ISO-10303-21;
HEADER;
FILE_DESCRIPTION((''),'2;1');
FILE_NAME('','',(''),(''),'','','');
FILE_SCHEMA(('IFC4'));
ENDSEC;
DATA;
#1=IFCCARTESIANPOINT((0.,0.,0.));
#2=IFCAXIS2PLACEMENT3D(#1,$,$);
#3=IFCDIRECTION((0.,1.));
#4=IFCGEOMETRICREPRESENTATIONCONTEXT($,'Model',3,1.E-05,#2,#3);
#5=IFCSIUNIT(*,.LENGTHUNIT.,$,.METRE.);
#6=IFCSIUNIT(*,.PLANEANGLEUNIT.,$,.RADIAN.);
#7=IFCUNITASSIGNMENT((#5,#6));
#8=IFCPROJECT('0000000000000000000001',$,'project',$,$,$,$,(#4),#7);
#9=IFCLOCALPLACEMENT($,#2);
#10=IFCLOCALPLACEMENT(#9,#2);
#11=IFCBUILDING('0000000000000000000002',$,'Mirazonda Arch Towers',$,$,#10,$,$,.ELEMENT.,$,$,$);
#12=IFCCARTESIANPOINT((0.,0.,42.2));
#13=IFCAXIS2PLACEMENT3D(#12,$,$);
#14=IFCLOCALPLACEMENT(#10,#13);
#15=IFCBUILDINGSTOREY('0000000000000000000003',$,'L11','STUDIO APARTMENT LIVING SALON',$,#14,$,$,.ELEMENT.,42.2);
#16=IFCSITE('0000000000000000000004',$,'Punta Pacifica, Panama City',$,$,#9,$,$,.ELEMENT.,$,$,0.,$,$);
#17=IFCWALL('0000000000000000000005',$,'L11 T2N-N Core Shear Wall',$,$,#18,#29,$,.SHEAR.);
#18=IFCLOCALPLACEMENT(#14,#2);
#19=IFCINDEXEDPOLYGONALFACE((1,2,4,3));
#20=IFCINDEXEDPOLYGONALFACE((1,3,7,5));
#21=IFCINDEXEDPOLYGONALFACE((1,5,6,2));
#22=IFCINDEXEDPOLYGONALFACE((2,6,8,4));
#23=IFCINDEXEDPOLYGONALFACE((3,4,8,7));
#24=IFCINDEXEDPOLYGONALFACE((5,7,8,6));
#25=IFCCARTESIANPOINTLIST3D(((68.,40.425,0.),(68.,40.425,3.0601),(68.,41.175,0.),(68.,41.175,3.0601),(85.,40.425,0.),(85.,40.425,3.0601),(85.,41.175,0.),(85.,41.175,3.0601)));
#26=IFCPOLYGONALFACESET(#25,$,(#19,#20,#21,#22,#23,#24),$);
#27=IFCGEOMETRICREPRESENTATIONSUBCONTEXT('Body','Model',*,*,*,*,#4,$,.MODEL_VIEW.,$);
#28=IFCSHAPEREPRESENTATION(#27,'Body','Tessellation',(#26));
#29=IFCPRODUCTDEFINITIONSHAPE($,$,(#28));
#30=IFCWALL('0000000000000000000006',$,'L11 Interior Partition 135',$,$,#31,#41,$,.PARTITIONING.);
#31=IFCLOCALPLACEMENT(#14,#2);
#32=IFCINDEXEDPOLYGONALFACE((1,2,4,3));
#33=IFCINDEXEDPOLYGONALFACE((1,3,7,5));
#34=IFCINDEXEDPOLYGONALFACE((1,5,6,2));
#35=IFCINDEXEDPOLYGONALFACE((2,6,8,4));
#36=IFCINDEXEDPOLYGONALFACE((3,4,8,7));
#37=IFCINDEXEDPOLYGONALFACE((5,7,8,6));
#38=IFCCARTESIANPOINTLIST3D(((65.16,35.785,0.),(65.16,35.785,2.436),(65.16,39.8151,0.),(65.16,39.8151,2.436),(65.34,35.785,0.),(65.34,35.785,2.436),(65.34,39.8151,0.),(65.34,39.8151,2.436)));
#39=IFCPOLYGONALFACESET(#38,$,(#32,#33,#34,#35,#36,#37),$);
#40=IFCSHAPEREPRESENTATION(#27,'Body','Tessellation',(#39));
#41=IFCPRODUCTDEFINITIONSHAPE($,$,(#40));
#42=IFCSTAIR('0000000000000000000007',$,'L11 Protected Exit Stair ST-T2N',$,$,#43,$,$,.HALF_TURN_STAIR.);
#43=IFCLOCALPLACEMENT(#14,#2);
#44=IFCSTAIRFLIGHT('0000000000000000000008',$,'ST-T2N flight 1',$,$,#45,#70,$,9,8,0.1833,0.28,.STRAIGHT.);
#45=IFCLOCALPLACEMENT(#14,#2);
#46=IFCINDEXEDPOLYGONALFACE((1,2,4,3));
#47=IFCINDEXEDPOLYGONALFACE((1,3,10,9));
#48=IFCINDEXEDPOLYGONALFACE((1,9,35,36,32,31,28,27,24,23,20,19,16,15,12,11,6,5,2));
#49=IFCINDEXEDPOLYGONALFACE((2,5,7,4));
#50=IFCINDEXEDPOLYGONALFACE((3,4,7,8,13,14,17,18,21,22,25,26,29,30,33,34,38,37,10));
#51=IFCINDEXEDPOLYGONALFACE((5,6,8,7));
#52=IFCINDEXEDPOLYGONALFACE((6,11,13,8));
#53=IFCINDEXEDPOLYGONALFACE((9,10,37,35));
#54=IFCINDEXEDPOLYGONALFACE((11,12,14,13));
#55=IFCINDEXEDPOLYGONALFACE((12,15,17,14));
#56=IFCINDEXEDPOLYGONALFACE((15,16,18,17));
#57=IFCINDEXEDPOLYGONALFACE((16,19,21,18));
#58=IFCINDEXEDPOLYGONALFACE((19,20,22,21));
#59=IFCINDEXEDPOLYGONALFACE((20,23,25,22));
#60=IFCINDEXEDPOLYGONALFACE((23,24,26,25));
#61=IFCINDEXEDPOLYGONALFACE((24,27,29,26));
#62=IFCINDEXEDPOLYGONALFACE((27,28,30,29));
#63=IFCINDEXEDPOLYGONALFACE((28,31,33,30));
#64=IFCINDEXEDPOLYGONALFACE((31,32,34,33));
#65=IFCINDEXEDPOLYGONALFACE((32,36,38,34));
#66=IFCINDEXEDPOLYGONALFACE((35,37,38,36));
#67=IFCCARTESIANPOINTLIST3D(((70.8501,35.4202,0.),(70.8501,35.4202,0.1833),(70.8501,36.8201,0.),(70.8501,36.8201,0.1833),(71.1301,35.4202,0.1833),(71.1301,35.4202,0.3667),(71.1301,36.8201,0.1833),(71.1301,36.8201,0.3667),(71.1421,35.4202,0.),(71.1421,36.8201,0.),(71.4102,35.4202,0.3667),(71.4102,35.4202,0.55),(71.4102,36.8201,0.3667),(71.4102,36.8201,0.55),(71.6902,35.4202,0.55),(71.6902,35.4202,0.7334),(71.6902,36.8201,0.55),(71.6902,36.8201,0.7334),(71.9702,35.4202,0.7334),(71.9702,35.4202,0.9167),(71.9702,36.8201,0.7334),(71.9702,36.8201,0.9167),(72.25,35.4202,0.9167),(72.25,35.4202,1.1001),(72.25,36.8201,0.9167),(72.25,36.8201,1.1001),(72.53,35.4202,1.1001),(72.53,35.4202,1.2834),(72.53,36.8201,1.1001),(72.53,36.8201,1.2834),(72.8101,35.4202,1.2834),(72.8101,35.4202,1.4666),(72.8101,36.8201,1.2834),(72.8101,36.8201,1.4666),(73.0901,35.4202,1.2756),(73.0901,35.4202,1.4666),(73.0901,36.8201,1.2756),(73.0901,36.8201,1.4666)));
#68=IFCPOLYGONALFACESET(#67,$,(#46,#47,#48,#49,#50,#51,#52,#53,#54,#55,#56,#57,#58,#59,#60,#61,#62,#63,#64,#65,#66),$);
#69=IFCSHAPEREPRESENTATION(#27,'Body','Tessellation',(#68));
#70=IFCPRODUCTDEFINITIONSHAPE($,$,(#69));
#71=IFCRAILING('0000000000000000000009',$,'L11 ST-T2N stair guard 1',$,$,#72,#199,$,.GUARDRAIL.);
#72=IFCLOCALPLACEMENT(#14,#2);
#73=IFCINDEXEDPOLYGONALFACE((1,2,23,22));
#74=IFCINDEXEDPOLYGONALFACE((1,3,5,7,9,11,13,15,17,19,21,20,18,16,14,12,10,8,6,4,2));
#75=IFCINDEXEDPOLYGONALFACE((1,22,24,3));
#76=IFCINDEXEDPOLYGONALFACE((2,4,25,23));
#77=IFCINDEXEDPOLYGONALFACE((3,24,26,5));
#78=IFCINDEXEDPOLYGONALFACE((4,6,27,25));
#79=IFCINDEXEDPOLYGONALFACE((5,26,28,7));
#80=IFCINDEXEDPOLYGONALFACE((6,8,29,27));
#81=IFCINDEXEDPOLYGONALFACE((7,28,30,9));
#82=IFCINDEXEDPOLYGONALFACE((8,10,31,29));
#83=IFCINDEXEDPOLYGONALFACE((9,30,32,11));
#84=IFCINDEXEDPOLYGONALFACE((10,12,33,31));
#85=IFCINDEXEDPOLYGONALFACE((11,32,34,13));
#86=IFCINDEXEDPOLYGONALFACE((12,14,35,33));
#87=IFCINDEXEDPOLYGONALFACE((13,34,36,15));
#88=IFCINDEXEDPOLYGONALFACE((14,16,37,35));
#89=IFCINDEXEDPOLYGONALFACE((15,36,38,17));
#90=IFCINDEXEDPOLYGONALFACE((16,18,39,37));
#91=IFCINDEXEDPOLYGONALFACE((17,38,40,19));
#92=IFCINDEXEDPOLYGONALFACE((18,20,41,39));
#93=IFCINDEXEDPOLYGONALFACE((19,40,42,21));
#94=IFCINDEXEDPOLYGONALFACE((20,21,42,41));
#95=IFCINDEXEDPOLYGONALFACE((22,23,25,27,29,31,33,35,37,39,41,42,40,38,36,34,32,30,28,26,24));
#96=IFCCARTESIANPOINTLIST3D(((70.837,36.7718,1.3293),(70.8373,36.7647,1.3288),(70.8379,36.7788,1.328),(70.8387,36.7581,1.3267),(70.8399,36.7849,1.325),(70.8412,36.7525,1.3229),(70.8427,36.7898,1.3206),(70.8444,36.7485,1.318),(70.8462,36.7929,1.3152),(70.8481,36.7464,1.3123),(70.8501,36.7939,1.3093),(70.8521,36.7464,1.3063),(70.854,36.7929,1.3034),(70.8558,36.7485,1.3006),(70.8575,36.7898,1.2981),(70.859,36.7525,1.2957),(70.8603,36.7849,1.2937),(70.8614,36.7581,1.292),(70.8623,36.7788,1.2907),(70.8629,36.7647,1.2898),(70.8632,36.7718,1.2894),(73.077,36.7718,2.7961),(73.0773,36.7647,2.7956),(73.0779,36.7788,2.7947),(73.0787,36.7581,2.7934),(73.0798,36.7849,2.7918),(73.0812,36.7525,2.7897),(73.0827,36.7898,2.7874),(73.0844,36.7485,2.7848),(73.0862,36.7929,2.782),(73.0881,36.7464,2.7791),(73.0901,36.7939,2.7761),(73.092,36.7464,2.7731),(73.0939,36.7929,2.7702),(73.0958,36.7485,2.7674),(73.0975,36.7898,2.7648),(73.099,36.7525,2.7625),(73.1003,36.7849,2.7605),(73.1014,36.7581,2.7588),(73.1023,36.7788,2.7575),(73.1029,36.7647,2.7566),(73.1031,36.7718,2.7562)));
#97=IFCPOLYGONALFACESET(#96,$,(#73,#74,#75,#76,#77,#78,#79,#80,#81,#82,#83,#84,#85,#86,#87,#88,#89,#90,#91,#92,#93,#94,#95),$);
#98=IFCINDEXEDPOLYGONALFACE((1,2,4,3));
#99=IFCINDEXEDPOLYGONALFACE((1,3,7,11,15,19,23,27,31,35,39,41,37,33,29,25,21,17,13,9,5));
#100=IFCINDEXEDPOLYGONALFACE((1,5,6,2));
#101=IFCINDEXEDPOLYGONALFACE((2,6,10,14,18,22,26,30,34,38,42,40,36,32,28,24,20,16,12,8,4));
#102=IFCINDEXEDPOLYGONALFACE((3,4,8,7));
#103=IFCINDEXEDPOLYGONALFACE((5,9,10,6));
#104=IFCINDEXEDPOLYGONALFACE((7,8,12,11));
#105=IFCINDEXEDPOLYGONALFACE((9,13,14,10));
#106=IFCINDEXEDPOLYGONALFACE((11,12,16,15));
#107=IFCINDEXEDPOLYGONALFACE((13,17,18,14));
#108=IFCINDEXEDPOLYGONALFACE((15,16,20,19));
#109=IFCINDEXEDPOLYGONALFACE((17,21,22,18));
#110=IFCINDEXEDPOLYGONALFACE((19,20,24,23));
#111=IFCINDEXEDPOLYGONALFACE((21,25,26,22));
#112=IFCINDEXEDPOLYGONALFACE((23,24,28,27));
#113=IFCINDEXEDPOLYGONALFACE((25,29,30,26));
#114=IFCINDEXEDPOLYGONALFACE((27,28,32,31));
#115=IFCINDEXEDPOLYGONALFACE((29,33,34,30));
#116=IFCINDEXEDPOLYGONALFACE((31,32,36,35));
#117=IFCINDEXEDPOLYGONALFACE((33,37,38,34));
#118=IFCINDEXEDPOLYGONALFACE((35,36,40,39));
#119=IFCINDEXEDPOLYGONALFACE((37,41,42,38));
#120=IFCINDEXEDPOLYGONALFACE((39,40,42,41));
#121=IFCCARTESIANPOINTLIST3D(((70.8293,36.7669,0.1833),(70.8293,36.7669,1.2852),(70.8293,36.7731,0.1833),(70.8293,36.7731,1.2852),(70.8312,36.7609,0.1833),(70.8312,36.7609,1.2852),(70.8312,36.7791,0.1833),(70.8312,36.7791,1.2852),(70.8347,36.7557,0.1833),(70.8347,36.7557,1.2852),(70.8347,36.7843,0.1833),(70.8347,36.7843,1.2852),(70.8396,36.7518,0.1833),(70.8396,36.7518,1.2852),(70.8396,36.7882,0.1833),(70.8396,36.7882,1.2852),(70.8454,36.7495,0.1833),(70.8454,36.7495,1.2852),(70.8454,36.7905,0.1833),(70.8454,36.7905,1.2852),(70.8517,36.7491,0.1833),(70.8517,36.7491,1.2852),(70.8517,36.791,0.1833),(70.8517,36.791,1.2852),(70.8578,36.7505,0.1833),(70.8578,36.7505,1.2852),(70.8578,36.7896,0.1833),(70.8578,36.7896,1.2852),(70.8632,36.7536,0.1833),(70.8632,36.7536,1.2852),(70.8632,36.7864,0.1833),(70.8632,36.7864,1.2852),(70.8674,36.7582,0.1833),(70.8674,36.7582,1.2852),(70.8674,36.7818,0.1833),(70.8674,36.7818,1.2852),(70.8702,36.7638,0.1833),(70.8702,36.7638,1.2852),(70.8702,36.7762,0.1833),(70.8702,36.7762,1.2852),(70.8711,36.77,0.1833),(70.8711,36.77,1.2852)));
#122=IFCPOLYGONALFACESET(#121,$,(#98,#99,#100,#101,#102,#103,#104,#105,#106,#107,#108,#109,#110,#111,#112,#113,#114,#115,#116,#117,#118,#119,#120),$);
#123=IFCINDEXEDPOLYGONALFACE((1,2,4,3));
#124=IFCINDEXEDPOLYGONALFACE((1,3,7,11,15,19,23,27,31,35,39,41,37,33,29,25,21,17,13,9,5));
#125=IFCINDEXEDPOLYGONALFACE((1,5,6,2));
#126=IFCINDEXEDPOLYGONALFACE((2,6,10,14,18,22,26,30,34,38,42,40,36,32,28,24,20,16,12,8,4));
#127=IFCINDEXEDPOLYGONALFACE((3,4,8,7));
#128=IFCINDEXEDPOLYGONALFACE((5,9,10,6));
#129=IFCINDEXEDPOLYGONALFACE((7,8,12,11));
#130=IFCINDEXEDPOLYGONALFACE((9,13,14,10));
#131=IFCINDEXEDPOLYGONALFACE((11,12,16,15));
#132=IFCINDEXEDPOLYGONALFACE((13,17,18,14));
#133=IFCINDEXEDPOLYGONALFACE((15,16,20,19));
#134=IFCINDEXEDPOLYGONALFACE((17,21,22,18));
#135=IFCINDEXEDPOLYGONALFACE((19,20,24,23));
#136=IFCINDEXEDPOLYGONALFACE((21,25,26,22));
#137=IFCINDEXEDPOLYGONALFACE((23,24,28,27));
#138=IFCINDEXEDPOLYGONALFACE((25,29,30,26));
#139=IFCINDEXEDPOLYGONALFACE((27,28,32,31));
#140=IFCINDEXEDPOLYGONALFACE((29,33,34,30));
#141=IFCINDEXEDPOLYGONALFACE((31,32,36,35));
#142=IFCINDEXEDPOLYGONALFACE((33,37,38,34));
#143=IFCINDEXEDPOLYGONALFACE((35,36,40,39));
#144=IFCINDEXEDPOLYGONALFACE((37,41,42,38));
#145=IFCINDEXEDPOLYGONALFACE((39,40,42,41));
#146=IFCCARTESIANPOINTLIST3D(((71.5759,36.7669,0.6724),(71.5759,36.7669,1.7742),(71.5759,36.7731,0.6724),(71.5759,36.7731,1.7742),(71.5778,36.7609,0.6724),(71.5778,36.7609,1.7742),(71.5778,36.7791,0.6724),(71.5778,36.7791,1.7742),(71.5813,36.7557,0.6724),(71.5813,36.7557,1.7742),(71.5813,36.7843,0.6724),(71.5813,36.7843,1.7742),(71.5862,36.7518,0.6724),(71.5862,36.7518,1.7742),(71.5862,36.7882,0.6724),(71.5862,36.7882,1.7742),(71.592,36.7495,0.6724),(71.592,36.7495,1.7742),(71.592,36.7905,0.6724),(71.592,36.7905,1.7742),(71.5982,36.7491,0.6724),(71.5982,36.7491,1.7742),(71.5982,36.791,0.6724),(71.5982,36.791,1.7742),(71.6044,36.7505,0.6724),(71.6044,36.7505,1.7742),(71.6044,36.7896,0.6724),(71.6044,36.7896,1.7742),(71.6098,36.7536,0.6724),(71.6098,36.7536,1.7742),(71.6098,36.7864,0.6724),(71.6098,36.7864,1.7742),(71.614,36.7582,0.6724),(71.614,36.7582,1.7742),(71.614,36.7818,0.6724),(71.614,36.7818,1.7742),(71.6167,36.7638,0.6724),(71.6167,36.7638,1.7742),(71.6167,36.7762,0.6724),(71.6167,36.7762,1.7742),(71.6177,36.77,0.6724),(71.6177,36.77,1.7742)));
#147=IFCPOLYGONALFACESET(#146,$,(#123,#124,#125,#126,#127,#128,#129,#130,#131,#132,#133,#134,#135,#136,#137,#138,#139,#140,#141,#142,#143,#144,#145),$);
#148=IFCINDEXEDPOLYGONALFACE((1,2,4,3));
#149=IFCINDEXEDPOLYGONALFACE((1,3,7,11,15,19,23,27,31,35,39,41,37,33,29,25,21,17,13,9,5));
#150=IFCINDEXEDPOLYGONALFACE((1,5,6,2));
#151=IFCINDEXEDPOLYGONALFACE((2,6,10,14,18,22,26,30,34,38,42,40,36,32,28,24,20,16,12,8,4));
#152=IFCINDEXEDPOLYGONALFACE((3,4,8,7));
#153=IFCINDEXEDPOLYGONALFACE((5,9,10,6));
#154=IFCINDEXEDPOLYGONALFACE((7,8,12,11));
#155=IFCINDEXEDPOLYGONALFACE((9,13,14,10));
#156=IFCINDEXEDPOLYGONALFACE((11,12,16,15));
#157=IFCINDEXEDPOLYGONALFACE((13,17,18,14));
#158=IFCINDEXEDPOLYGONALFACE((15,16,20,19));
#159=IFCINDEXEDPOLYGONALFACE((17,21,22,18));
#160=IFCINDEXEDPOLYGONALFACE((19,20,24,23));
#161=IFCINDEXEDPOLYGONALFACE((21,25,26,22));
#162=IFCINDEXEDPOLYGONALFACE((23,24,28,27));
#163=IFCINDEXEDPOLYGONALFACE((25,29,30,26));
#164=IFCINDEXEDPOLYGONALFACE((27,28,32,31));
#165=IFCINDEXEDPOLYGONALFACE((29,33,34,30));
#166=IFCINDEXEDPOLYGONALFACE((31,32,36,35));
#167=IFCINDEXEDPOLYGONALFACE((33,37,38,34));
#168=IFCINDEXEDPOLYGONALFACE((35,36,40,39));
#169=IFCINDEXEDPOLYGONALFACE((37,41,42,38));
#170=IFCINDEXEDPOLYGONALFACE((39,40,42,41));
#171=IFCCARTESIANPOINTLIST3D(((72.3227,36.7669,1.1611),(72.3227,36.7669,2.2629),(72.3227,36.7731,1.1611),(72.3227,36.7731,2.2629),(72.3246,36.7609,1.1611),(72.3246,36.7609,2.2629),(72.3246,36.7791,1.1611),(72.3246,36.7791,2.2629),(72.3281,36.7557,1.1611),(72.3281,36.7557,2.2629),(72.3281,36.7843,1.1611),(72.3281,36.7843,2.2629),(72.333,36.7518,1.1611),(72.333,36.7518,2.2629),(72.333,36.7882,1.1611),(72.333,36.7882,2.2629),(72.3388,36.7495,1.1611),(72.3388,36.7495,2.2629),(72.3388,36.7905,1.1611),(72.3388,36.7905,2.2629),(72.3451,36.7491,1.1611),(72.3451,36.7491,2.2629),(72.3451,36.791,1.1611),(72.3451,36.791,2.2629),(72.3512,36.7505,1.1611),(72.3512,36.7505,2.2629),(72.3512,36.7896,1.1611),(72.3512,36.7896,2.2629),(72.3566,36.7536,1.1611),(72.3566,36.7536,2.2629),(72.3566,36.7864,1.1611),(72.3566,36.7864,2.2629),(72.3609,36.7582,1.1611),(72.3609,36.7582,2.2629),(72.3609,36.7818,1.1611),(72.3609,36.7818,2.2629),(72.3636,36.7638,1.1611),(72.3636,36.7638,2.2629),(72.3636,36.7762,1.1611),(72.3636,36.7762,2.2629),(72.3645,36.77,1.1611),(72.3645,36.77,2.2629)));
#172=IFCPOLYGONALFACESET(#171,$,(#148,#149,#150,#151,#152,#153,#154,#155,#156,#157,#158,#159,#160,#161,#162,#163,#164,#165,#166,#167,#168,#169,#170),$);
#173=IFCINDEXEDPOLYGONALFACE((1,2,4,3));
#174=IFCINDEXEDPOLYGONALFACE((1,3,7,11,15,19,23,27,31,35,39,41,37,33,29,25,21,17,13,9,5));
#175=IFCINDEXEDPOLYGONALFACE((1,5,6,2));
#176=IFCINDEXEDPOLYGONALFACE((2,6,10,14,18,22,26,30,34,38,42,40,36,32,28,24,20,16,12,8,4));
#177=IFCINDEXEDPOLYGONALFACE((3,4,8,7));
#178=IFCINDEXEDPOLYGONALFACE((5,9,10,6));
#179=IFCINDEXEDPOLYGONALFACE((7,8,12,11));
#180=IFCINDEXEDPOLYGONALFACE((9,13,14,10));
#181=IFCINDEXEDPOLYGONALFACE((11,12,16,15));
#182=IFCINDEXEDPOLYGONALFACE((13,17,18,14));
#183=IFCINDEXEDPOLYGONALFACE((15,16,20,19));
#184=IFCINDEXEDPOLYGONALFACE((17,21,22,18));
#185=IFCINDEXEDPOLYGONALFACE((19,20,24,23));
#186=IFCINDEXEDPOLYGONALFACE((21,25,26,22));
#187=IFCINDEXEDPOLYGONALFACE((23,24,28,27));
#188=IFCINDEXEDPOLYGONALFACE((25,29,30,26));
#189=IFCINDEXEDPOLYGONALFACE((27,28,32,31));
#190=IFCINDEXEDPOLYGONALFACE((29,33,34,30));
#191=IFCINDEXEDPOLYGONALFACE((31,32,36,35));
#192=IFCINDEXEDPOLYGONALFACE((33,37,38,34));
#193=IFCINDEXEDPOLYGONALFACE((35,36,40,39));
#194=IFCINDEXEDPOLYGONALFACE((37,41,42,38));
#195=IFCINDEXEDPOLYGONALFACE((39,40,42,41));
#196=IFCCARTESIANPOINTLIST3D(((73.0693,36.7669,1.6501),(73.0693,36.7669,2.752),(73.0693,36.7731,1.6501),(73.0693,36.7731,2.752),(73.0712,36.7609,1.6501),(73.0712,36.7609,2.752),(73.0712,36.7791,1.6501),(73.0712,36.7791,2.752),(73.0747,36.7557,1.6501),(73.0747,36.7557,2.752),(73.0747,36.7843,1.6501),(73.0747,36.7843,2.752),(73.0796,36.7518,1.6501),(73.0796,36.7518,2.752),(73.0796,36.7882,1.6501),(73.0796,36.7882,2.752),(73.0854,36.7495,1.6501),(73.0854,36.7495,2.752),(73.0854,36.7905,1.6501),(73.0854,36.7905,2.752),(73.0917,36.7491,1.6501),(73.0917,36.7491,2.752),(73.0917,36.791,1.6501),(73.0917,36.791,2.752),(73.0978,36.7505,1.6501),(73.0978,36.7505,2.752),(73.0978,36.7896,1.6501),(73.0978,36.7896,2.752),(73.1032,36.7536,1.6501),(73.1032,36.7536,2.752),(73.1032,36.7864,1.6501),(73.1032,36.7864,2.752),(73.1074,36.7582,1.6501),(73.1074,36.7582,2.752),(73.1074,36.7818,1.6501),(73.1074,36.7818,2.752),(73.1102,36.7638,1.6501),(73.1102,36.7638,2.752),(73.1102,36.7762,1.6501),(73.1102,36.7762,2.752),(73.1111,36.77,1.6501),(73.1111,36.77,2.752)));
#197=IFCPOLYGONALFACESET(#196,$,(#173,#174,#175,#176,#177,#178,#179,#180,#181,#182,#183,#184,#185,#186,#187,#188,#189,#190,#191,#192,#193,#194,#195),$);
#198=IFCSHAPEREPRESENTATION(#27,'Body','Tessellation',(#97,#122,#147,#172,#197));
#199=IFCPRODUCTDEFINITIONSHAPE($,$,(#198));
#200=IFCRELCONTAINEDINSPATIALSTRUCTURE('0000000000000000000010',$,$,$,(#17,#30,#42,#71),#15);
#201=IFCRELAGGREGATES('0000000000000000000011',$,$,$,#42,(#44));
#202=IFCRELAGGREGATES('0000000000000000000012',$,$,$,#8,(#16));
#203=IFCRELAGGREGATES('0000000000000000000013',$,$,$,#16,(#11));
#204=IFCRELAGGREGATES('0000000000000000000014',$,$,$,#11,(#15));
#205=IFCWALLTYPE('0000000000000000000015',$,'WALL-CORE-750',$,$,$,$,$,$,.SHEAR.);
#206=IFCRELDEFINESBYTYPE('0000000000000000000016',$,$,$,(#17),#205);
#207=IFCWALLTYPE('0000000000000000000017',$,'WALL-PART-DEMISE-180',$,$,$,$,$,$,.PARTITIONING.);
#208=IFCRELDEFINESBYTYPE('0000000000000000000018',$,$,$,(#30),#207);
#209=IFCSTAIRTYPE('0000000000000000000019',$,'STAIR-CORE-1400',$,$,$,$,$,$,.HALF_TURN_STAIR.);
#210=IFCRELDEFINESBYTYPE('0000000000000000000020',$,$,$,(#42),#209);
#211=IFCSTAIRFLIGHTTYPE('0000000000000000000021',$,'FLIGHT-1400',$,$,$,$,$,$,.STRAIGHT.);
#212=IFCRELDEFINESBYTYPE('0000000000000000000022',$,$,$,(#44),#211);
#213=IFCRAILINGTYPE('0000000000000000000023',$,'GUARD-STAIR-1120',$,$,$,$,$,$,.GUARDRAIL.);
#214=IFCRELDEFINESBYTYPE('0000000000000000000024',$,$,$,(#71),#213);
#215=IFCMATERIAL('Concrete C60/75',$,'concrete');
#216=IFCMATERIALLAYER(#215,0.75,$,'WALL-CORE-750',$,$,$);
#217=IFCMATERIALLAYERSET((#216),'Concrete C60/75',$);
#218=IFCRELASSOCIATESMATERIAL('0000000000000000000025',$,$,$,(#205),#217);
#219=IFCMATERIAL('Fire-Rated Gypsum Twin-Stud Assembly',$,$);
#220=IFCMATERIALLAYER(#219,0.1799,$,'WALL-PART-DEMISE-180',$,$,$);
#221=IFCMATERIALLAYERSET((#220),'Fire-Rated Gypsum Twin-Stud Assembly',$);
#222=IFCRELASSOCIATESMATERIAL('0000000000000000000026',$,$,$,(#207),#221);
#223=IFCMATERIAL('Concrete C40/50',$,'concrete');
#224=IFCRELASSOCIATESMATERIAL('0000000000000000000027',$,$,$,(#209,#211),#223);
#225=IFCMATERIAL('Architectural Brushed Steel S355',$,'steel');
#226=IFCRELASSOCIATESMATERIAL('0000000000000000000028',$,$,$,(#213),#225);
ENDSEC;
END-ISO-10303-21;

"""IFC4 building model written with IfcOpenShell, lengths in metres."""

from ifc_helpers import new_model, si_unit, direction, frame, frame_2d, origin, origin_2d, place, context, subcontext, project, spatial, polyline, rectangle, circle, outline, extrude, material, layer, layer_set, type_object, element, aggregate, save


model = new_model("IFC4")

# Units and contexts
model_context = context("Model", 3, precision=1e-05, world=origin(), true_north=direction((0.0, 1.0)))
body_context = subcontext(model_context, "Body", "Model", "MODEL_VIEW")
ifc_project = project(units=[si_unit("LENGTHUNIT", "METRE"), si_unit("PLANEANGLEUNIT", "RADIAN")], contexts=[model_context])

# Site, building, storey
site_placement = place(None, origin())
site = spatial("IfcSite", under=ifc_project, at=site_placement, Name="Punta Pacifica, Panama City", CompositionType="ELEMENT", RefElevation=0.0)
building_placement = place(site_placement, origin())
building = spatial("IfcBuilding", under=site, at=building_placement, Name="Mirazonda Arch Towers", CompositionType="ELEMENT")
storey_placement = place(building_placement, frame((0.0, 0.0, 42.2)))
storey = spatial("IfcBuildingStorey", under=building, at=storey_placement, Name="L11", Description="STUDIO APARTMENT LIVING SALON", CompositionType="ELEMENT", Elevation=42.2)

# Shared definitions
ifc_material_1 = material(Name="Concrete C60/75", Category="concrete")

# Walls
ifc_layer_1 = layer(ifc_material_1, 0.75, Name="WALL-CORE-750")
ifc_layer_set_1 = layer_set([ifc_layer_1], Name="Concrete C60/75")
wall_type_1 = type_object("IfcWallType", Name="WALL-CORE-750", PredefinedType="SHEAR", material=ifc_layer_set_1)
wall_1_placement = place(storey_placement, frame((68.0, 40.8, 0.0), z_axis=(0.0, 0.0, 1.0), x_axis=(1.0, 0.0, 0.0)))
element("IfcWall", 1, at=wall_1_placement, inside=storey, type_object=wall_type_1, Name="L11 T2N-N Core Shear Wall", PredefinedType="SHEAR", context=body_context, shape_type="SweptSolid", body=[
    extrude(rectangle(XDim=17.0, YDim=0.75, at=frame_2d((8.5, 0.0))), origin(), (0.0, 0.0, 1.0), 3.0601),
])
ifc_material_2 = material(Name="Fire-Rated Gypsum Twin-Stud Assembly")
ifc_layer_2 = layer(ifc_material_2, 0.1799, Name="WALL-PART-DEMISE-180")
ifc_layer_set_2 = layer_set([ifc_layer_2], Name="Fire-Rated Gypsum Twin-Stud Assembly")
wall_type_2 = type_object("IfcWallType", Name="WALL-PART-DEMISE-180", PredefinedType="PARTITIONING", material=ifc_layer_set_2)
wall_2_placement = place(storey_placement, frame((65.25, 35.7849, 0.0), z_axis=(0.0, 0.0, 1.0), x_axis=(0.0, 1.0, 0.0)))
element("IfcWall", 2, at=wall_2_placement, inside=storey, type_object=wall_type_2, Name="L11 Interior Partition 135", PredefinedType="PARTITIONING", context=body_context, shape_type="SweptSolid", body=[
    extrude(rectangle(XDim=4.03, YDim=0.1799, at=frame_2d((2.0151, 0.0))), origin(), (0.0, 0.0, 1.0), 2.436),
])

# Stair, stair flight
ifc_material_3 = material(Name="Concrete C40/50", Category="concrete")
stair_type = type_object("IfcStairType", Name="STAIR-CORE-1400", PredefinedType="HALF_TURN_STAIR", material=ifc_material_3)
stair_placement = place(storey_placement, origin())
stair = element("IfcStair", 3, at=stair_placement, inside=storey, type_object=stair_type, Name="L11 Protected Exit Stair ST-T2N", PredefinedType="HALF_TURN_STAIR")
stair_flight_type = type_object("IfcStairFlightType", Name="FLIGHT-1400", PredefinedType="STRAIGHT", material=ifc_material_3)
stair_flight_placement = place(storey_placement, frame((70.8501, 36.1201, 0.0), z_axis=(0.0, 0.0, 1.0), x_axis=(1.0, 0.0, 0.0)))
stair_flight = element("IfcStairFlight", 4, at=stair_flight_placement, type_object=stair_flight_type, Name="ST-T2N flight 1", NumberOfRisers=9, NumberOfTreads=8, PredefinedType="STRAIGHT", RiserHeight=0.1833, TreadLength=0.28, context=body_context, shape_type="SweptSolid", body=[
    extrude(outline(polyline([(0.0, 0.0), (0.0, 0.1833), (0.28, 0.1833), (0.28, 0.3667), (0.5601, 0.3667), (0.5601, 0.55), (0.8401, 0.55), (0.8401, 0.7334), (1.1201, 0.7334), (1.1201, 0.9167), (1.3999, 0.9167), (1.3999, 1.1001), (1.6799, 1.1001), (1.6799, 1.2834), (1.96, 1.2834), (1.96, 1.4666), (2.24, 1.4666), (2.24, 1.6499), (2.24, 1.2756), (0.292, 0.0), (0.0, 0.0)])), frame((0.0, 0.7, 0.0), z_axis=(0.0, -1.0, 0.0), x_axis=(1.0, 0.0, 0.0)), (0.0, 0.0, 1.0), 1.3999),
])
aggregate(stair, [stair_flight])

# Railing
ifc_material_4 = material(Name="Architectural Brushed Steel S355", Category="steel")
railing_type = type_object("IfcRailingType", Name="GUARD-STAIR-1120", PredefinedType="GUARDRAIL", material=ifc_material_4)
railing_1_placement = place(storey_placement, frame((70.8501, 36.77, 0.1833)))
element("IfcRailing", 5, at=railing_1_placement, inside=storey, type_object=railing_type, Name="L11 ST-T2N stair guard 1", PredefinedType="GUARDRAIL", context=body_context, shape_type="SweptSolid", body=[
    extrude(circle(Radius=0.0239, at=origin_2d()), frame((0.0, 0.0, 1.126), z_axis=(0.836595, 0.0, 0.547822), x_axis=(0.0, 1.0, 0.0)), (0.0, 0.0, 1.0), 2.6775),
    extrude(circle(Radius=0.021, at=origin_2d()), origin(), (0.0, 0.0, 1.0), 1.1018),
    extrude(circle(Radius=0.021, at=origin_2d()), frame((0.7466, 0.0, 0.489)), (0.0, 0.0, 1.0), 1.1018),
    extrude(circle(Radius=0.021, at=origin_2d()), frame((1.4934, 0.0, 0.9778)), (0.0, 0.0, 1.0), 1.1018),
    extrude(circle(Radius=0.021, at=origin_2d()), frame((2.24, 0.0, 1.4668)), (0.0, 0.0, 1.0), 1.1018),
])

save(model, "model.ifc")
